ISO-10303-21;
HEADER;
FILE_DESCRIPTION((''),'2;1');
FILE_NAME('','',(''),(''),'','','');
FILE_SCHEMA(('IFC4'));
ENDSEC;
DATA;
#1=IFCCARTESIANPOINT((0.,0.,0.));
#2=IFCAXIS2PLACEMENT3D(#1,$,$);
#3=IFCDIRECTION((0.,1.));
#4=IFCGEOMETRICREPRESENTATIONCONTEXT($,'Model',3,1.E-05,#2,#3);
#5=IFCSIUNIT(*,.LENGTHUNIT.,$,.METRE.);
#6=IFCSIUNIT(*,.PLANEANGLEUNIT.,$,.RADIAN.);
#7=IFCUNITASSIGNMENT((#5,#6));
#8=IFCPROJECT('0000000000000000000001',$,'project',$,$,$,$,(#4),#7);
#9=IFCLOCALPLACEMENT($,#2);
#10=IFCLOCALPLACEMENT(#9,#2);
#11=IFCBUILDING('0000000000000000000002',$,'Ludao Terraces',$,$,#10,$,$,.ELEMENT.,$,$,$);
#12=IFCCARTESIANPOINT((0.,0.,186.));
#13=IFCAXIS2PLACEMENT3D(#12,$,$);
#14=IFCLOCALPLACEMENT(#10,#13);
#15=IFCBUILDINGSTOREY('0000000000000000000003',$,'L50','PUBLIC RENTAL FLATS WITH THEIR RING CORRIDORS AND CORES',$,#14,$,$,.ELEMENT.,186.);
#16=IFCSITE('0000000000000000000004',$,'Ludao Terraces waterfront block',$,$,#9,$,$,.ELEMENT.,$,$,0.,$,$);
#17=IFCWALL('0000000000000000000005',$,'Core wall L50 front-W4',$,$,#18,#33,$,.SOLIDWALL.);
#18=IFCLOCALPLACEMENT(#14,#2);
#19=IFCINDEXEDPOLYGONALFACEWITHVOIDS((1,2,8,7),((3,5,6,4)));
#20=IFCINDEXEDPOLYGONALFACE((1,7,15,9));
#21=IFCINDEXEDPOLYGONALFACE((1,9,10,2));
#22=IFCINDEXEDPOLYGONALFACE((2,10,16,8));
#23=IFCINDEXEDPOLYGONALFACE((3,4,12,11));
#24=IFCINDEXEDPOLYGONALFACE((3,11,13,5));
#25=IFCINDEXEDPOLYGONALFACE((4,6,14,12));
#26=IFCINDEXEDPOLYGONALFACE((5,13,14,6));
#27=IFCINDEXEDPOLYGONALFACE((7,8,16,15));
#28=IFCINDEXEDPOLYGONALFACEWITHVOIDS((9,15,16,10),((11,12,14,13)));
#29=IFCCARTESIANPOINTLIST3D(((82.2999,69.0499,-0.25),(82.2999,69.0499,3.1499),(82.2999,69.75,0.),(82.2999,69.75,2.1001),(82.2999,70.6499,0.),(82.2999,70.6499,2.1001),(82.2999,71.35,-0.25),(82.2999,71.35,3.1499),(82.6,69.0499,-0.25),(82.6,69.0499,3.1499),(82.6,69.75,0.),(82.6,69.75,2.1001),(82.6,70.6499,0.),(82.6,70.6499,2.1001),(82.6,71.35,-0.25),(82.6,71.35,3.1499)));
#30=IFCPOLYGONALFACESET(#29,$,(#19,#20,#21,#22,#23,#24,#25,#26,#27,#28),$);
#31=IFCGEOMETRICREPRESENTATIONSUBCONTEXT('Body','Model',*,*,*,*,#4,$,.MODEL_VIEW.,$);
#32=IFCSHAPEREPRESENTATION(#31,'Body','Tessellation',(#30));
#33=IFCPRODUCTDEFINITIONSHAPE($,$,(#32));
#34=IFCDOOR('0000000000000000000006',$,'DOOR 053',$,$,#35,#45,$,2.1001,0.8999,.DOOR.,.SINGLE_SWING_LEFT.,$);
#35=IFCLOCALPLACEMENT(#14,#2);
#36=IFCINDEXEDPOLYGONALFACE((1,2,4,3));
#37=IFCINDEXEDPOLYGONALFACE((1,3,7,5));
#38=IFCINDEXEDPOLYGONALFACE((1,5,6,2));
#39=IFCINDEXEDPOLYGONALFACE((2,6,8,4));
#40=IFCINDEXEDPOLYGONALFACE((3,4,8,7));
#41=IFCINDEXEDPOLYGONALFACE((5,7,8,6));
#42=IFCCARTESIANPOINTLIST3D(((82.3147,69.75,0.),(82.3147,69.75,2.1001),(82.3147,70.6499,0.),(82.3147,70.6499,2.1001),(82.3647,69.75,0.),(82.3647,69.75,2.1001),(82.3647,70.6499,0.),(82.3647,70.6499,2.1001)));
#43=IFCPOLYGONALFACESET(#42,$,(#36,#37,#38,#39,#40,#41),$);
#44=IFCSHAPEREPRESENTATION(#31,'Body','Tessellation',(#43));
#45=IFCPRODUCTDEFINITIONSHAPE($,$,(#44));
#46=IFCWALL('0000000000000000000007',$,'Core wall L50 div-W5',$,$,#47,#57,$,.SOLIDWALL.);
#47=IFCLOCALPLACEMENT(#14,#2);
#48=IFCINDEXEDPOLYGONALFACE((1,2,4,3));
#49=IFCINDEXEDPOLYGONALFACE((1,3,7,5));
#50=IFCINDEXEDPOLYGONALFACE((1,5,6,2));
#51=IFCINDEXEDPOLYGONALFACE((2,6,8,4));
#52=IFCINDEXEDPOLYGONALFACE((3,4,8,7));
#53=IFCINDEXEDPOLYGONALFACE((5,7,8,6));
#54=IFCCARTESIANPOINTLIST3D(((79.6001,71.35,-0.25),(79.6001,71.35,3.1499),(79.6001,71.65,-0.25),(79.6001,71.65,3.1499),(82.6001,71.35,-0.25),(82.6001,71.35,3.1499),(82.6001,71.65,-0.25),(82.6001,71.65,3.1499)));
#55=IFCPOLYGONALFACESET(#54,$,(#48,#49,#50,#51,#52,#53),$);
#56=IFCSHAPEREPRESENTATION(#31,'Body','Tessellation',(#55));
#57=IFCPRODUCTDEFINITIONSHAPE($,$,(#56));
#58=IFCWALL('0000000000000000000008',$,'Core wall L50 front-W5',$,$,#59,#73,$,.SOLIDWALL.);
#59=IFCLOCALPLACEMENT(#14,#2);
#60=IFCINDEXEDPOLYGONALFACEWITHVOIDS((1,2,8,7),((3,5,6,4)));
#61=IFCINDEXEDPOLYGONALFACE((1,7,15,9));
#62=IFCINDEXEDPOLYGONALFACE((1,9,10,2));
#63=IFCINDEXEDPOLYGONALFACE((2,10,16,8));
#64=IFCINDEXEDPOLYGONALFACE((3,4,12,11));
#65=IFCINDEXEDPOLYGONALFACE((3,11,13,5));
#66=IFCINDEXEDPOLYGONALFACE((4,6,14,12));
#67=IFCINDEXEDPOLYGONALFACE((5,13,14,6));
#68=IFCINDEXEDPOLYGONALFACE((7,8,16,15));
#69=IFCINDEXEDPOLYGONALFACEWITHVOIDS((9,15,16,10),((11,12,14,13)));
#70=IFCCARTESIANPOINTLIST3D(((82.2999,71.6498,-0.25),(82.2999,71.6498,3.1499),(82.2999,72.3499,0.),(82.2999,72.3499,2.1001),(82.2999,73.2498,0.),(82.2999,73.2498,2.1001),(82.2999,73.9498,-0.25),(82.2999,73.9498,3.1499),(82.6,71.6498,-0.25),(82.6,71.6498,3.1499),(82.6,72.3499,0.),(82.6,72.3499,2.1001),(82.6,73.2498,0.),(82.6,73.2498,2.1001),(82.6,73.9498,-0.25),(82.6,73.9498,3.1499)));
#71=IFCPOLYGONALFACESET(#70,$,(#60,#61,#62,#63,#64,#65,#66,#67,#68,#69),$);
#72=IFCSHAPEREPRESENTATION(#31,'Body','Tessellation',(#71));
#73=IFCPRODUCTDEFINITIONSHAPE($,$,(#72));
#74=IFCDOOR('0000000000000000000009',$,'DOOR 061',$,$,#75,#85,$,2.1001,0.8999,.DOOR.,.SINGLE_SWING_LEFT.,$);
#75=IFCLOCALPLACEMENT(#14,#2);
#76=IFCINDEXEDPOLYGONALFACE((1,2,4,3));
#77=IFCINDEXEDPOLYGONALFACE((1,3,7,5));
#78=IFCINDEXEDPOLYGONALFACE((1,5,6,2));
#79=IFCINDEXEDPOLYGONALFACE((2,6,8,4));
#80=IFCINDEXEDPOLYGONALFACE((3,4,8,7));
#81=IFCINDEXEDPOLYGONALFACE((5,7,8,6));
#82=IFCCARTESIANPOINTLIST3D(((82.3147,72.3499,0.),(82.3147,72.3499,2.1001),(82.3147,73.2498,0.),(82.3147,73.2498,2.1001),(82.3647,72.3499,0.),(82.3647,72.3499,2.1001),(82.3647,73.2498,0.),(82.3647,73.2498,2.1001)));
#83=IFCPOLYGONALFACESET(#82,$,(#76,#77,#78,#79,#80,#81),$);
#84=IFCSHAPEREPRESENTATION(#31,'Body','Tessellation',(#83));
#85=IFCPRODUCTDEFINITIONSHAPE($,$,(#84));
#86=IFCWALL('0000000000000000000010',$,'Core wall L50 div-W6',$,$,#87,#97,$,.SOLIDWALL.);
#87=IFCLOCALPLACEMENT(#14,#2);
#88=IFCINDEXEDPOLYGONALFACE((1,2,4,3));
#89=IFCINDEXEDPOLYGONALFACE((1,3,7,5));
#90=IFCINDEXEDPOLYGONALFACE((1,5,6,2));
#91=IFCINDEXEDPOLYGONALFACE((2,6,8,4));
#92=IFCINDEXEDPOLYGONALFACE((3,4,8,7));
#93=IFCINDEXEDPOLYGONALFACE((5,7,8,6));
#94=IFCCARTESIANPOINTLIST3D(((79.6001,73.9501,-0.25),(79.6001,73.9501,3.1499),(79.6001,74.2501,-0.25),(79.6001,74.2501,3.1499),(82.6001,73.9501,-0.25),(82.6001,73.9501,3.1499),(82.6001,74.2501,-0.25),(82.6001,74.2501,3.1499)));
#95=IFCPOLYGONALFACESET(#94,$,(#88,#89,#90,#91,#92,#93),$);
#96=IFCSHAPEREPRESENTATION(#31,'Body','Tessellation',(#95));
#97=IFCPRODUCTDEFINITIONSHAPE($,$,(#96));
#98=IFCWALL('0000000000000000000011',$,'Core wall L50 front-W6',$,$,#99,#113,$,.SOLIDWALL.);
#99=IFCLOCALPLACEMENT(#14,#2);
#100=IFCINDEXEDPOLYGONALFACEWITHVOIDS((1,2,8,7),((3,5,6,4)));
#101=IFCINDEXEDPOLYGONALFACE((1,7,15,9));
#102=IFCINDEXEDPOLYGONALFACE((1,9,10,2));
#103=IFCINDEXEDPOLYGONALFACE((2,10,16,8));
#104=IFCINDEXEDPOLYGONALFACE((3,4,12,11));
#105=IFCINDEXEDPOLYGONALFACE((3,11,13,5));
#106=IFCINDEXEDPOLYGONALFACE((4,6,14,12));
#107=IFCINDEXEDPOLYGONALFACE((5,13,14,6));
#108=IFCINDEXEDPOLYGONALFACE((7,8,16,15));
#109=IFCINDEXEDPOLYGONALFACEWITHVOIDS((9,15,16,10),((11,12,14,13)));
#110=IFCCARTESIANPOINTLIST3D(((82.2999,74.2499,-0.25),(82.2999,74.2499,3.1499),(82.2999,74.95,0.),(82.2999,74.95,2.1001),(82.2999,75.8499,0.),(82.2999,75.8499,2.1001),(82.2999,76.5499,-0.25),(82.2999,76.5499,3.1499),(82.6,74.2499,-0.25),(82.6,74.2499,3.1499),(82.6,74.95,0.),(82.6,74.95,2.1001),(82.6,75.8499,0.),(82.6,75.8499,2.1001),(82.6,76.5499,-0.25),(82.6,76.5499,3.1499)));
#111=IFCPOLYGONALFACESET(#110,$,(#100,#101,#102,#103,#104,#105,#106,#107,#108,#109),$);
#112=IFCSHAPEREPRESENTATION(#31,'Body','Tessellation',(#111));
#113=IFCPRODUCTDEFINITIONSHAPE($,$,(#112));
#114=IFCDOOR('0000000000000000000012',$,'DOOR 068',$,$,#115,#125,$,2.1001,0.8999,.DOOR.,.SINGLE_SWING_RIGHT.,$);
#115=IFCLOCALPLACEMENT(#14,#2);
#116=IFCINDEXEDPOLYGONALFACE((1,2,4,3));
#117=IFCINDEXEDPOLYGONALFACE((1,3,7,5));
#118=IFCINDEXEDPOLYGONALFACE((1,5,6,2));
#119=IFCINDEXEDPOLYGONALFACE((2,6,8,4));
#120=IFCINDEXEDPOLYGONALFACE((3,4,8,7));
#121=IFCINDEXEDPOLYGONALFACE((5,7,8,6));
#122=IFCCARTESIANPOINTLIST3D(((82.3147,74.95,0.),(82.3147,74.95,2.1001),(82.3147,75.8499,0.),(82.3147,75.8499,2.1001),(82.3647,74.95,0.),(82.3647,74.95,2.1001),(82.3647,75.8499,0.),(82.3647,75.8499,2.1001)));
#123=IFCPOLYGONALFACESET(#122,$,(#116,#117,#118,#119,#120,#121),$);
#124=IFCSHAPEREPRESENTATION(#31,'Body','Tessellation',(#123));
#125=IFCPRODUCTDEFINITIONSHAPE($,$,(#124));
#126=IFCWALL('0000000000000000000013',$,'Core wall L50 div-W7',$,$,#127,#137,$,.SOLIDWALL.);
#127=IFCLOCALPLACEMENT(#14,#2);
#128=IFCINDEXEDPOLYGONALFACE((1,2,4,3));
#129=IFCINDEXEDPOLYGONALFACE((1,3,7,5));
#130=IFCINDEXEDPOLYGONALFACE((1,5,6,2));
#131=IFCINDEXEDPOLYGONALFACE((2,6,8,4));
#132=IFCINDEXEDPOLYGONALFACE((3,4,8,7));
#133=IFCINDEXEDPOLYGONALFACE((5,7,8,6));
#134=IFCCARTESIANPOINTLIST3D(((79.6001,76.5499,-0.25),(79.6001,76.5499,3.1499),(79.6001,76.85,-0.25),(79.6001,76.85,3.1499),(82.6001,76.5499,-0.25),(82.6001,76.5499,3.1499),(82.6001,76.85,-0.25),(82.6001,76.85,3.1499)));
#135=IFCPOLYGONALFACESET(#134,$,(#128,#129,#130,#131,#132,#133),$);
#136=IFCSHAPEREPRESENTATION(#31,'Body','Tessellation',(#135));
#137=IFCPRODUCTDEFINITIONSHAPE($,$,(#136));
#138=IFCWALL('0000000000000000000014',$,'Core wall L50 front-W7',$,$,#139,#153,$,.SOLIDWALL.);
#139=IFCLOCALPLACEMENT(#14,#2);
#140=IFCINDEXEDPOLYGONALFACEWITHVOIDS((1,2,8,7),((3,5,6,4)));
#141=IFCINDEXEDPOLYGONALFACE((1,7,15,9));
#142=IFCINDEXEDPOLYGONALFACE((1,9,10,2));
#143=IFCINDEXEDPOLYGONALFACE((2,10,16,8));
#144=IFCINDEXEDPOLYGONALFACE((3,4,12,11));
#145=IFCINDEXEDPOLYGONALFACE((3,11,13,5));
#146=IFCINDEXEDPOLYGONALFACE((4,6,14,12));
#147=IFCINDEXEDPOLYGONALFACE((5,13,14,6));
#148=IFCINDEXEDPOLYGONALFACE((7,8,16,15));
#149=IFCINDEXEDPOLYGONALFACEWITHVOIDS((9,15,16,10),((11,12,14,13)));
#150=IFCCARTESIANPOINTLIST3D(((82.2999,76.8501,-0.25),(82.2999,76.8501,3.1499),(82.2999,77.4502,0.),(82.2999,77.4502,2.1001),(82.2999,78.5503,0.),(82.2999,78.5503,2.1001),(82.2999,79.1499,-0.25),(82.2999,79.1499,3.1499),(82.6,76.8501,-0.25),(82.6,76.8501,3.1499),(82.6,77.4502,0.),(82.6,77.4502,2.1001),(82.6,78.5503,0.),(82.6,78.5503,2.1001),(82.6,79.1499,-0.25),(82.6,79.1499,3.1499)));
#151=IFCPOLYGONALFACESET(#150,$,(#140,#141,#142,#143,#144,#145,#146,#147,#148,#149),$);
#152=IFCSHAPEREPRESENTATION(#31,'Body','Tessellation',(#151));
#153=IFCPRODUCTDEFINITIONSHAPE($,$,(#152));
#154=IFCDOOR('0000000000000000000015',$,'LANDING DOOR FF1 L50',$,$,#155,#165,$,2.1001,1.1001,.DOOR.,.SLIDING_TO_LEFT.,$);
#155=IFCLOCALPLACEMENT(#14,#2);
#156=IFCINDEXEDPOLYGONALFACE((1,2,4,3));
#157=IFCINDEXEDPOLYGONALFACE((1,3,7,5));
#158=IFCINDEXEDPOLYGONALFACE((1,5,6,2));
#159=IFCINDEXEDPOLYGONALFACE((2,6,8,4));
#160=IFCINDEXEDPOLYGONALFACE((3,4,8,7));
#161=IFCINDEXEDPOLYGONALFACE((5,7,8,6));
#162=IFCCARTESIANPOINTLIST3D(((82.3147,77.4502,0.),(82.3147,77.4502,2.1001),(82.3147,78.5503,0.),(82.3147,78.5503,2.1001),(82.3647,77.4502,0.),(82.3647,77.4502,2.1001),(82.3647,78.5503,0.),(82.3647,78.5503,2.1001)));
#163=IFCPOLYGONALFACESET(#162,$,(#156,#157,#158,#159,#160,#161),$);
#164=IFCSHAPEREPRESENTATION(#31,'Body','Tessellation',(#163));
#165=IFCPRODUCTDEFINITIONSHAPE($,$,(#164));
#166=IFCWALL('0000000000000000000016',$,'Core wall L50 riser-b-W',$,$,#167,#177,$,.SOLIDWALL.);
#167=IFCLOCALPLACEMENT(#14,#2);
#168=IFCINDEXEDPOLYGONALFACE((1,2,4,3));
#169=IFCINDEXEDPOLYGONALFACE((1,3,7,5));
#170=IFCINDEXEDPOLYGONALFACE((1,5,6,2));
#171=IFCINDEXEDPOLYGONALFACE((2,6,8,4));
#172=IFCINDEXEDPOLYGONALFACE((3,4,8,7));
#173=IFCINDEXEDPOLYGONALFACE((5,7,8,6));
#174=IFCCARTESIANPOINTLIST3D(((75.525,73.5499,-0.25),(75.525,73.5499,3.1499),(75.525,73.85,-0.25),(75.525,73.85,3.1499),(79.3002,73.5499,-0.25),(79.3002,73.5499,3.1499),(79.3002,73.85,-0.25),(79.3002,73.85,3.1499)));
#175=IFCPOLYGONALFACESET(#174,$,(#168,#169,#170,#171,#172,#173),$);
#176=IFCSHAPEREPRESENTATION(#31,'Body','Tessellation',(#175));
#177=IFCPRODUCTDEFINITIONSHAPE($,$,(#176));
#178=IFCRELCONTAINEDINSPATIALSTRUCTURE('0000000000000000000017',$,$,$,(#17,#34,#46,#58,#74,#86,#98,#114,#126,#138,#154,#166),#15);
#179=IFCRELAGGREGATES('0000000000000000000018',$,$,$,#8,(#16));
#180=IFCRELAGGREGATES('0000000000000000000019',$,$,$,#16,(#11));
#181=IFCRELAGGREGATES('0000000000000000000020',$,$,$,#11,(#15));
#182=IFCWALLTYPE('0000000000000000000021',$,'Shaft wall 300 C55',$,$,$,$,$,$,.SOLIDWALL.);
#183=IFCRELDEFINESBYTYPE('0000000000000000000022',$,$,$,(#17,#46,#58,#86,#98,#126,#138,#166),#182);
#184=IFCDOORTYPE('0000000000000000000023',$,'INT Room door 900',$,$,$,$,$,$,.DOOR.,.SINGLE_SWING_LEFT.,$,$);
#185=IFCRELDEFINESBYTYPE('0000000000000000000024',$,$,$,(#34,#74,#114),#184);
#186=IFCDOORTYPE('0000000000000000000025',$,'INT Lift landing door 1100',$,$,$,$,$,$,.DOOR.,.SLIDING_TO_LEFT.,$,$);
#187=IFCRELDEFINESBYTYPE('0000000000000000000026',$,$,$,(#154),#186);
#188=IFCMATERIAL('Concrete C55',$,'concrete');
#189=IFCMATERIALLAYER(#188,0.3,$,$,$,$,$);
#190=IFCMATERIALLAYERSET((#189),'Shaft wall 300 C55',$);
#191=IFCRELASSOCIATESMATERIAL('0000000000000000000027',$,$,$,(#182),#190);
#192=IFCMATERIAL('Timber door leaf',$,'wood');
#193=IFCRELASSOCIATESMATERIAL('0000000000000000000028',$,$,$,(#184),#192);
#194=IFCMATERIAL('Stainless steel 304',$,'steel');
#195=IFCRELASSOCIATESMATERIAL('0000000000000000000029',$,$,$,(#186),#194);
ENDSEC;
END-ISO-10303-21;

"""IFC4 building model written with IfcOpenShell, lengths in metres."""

from ifc_helpers import new_model, si_unit, direction, frame, frame_2d, origin, place, context, subcontext, project, spatial, rectangle, extrude, material, layer, layer_set, type_object, element, fill, save


model = new_model("IFC4")

# Units and contexts
model_context = context("Model", 3, precision=1e-05, world=origin(), true_north=direction((0.0, 1.0)))
body_context = subcontext(model_context, "Body", "Model", "MODEL_VIEW")
ifc_project = project(units=[si_unit("LENGTHUNIT", "METRE"), si_unit("PLANEANGLEUNIT", "RADIAN")], contexts=[model_context])

# Site, building, storey
site_placement = place(None, origin())
site = spatial("IfcSite", under=ifc_project, at=site_placement, Name="Ludao Terraces waterfront block", CompositionType="ELEMENT", RefElevation=0.0)
building_placement = place(site_placement, origin())
building = spatial("IfcBuilding", under=site, at=building_placement, Name="Ludao Terraces", CompositionType="ELEMENT")
storey_placement = place(building_placement, frame((0.0, 0.0, 186.0)))
storey = spatial("IfcBuildingStorey", under=building, at=storey_placement, Name="L50", Description="PUBLIC RENTAL FLATS WITH THEIR RING CORRIDORS AND CORES", CompositionType="ELEMENT", Elevation=186.0)

# Shared definitions
ifc_material_1 = material(Name="Concrete C55", Category="concrete")
ifc_layer_1 = layer(ifc_material_1, 0.3)
ifc_layer_set_1 = layer_set([ifc_layer_1], Name="Shaft wall 300 C55")
wall_type_1 = type_object("IfcWallType", Name="Shaft wall 300 C55", PredefinedType="SOLIDWALL", material=ifc_layer_set_1)

# Shared definitions
ifc_material_2 = material(Name="Timber door leaf", Category="wood")
door_type_1 = type_object("IfcDoorType", Name="INT Room door 900", OperationType="SINGLE_SWING_LEFT", PredefinedType="DOOR", material=ifc_material_2)

# Wall, opening, door
wall_1_placement = place(storey_placement, frame((82.45, 69.05, -0.25), z_axis=(0.0, 0.0, 1.0), x_axis=(0.0, 1.0, 0.0)))
wall_1 = element("IfcWall", 1, at=wall_1_placement, inside=storey, type_object=wall_type_1, Name="Core wall L50 front-W4", PredefinedType="SOLIDWALL", context=body_context, shape_type="SweptSolid", body=[
    extrude(rectangle(XDim=2.3, YDim=0.3, at=frame_2d((1.1499, 0.0))), origin(), (0.0, 0.0, 1.0), 3.3999),
])
opening_1_placement = place(wall_1_placement, frame((0.7, 0.0, 0.25)))
opening_1 = element("IfcOpeningElement", 2, at=opening_1_placement, cuts=wall_1, PredefinedType="OPENING", context=body_context, shape_type="SweptSolid", body=[
    extrude(rectangle(XDim=0.8999, YDim=2.1001, at=frame_2d((0.45, 1.05))), frame((0.0, 0.1602, 0.0), z_axis=(0.0, -1.0, 0.0), x_axis=(1.0, 0.0, 0.0)), (0.0, 0.0, 1.0), 0.3201),
])
door_1_placement = place(opening_1_placement, origin())
door_1 = element("IfcDoor", 3, at=door_1_placement, inside=storey, type_object=door_type_1, Name="DOOR 053", OperationType="SINGLE_SWING_LEFT", OverallHeight=2.1001, OverallWidth=0.8999, PredefinedType="DOOR", context=body_context, shape_type="SweptSolid", body=[
    extrude(rectangle(XDim=0.8999, YDim=2.1001, at=frame_2d((0.45, 1.05))), frame((0.0, 0.1353, 0.0), z_axis=(0.0, -1.0, 0.0), x_axis=(1.0, 0.0, 0.0)), (0.0, 0.0, 1.0), 0.05),
])
fill(opening_1, door_1)

# Wall
wall_2_placement = place(storey_placement, frame((79.6001, 71.5, -0.25), z_axis=(0.0, 0.0, 1.0), x_axis=(1.0, 0.0, 0.0)))
element("IfcWall", 4, at=wall_2_placement, inside=storey, type_object=wall_type_1, Name="Core wall L50 div-W5", PredefinedType="SOLIDWALL", context=body_context, shape_type="SweptSolid", body=[
    extrude(rectangle(XDim=3.0, YDim=0.3, at=frame_2d((1.5, 0.0))), origin(), (0.0, 0.0, 1.0), 3.3999),
])

# Wall, opening, door
wall_3_placement = place(storey_placement, frame((82.45, 71.6499, -0.25), z_axis=(0.0, 0.0, 1.0), x_axis=(0.0, 1.0, 0.0)))
wall_3 = element("IfcWall", 5, at=wall_3_placement, inside=storey, type_object=wall_type_1, Name="Core wall L50 front-W5", PredefinedType="SOLIDWALL", context=body_context, shape_type="SweptSolid", body=[
    extrude(rectangle(XDim=2.3, YDim=0.3, at=frame_2d((1.1499, 0.0))), origin(), (0.0, 0.0, 1.0), 3.3999),
])
opening_2_placement = place(wall_3_placement, frame((0.7, 0.0, 0.25)))
opening_2 = element("IfcOpeningElement", 6, at=opening_2_placement, cuts=wall_3, PredefinedType="OPENING", context=body_context, shape_type="SweptSolid", body=[
    extrude(rectangle(XDim=0.8999, YDim=2.1001, at=frame_2d((0.45, 1.05))), frame((0.0, 0.1602, 0.0), z_axis=(0.0, -1.0, 0.0), x_axis=(1.0, 0.0, 0.0)), (0.0, 0.0, 1.0), 0.3201),
])
door_2_placement = place(opening_2_placement, origin())
door_2 = element("IfcDoor", 7, at=door_2_placement, inside=storey, type_object=door_type_1, Name="DOOR 061", OperationType="SINGLE_SWING_LEFT", OverallHeight=2.1001, OverallWidth=0.8999, PredefinedType="DOOR", context=body_context, shape_type="SweptSolid", body=[
    extrude(rectangle(XDim=0.8999, YDim=2.1001, at=frame_2d((0.45, 1.05))), frame((0.0, 0.1353, 0.0), z_axis=(0.0, -1.0, 0.0), x_axis=(1.0, 0.0, 0.0)), (0.0, 0.0, 1.0), 0.05),
])
fill(opening_2, door_2)

# Wall
wall_4_placement = place(storey_placement, frame((79.6001, 74.1001, -0.25), z_axis=(0.0, 0.0, 1.0), x_axis=(1.0, 0.0, 0.0)))
element("IfcWall", 8, at=wall_4_placement, inside=storey, type_object=wall_type_1, Name="Core wall L50 div-W6", PredefinedType="SOLIDWALL", context=body_context, shape_type="SweptSolid", body=[
    extrude(rectangle(XDim=3.0, YDim=0.3, at=frame_2d((1.5, 0.0))), origin(), (0.0, 0.0, 1.0), 3.3999),
])

# Wall, opening, door
wall_5_placement = place(storey_placement, frame((82.45, 74.25, -0.25), z_axis=(0.0, 0.0, 1.0), x_axis=(0.0, 1.0, 0.0)))
wall_5 = element("IfcWall", 9, at=wall_5_placement, inside=storey, type_object=wall_type_1, Name="Core wall L50 front-W6", PredefinedType="SOLIDWALL", context=body_context, shape_type="SweptSolid", body=[
    extrude(rectangle(XDim=2.3, YDim=0.3, at=frame_2d((1.1499, 0.0))), origin(), (0.0, 0.0, 1.0), 3.3999),
])
opening_3_placement = place(wall_5_placement, frame((0.7, 0.0, 0.25)))
opening_3 = element("IfcOpeningElement", 10, at=opening_3_placement, cuts=wall_5, PredefinedType="OPENING", context=body_context, shape_type="SweptSolid", body=[
    extrude(rectangle(XDim=0.8999, YDim=2.1001, at=frame_2d((0.45, 1.05))), frame((0.0, 0.1602, 0.0), z_axis=(0.0, -1.0, 0.0), x_axis=(1.0, 0.0, 0.0)), (0.0, 0.0, 1.0), 0.3201),
])
door_3_placement = place(opening_3_placement, origin())
door_3 = element("IfcDoor", 11, at=door_3_placement, inside=storey, type_object=door_type_1, Name="DOOR 068", OperationType="SINGLE_SWING_RIGHT", OverallHeight=2.1001, OverallWidth=0.8999, PredefinedType="DOOR", context=body_context, shape_type="SweptSolid", body=[
    extrude(rectangle(XDim=0.8999, YDim=2.1001, at=frame_2d((0.45, 1.05))), frame((0.0, 0.1353, 0.0), z_axis=(0.0, -1.0, 0.0), x_axis=(1.0, 0.0, 0.0)), (0.0, 0.0, 1.0), 0.05),
])
fill(opening_3, door_3)

# Wall
wall_6_placement = place(storey_placement, frame((79.6001, 76.7, -0.25), z_axis=(0.0, 0.0, 1.0), x_axis=(1.0, 0.0, 0.0)))
element("IfcWall", 12, at=wall_6_placement, inside=storey, type_object=wall_type_1, Name="Core wall L50 div-W7", PredefinedType="SOLIDWALL", context=body_context, shape_type="SweptSolid", body=[
    extrude(rectangle(XDim=3.0, YDim=0.3, at=frame_2d((1.5, 0.0))), origin(), (0.0, 0.0, 1.0), 3.3999),
])

# Wall, opening, door
wall_7_placement = place(storey_placement, frame((82.45, 76.8501, -0.25), z_axis=(0.0, 0.0, 1.0), x_axis=(0.0, 1.0, 0.0)))
wall_7 = element("IfcWall", 13, at=wall_7_placement, inside=storey, type_object=wall_type_1, Name="Core wall L50 front-W7", PredefinedType="SOLIDWALL", context=body_context, shape_type="SweptSolid", body=[
    extrude(rectangle(XDim=2.2998, YDim=0.3, at=frame_2d((1.1499, 0.0))), origin(), (0.0, 0.0, 1.0), 3.3999),
])
opening_4_placement = place(wall_7_placement, frame((0.6001, 0.0, 0.25)))
opening_4 = element("IfcOpeningElement", 14, at=opening_4_placement, cuts=wall_7, PredefinedType="OPENING", context=body_context, shape_type="SweptSolid", body=[
    extrude(rectangle(XDim=1.1001, YDim=2.1001, at=frame_2d((0.55, 1.05))), frame((0.0, 0.1602, 0.0), z_axis=(0.0, -1.0, 0.0), x_axis=(1.0, 0.0, 0.0)), (0.0, 0.0, 1.0), 0.3201),
])
ifc_material_3 = material(Name="Stainless steel 304", Category="steel")
door_type_2 = type_object("IfcDoorType", Name="INT Lift landing door 1100", OperationType="SLIDING_TO_LEFT", PredefinedType="DOOR", material=ifc_material_3)
door_4_placement = place(opening_4_placement, origin())
door_4 = element("IfcDoor", 15, at=door_4_placement, inside=storey, type_object=door_type_2, Name="LANDING DOOR FF1 L50", OperationType="SLIDING_TO_LEFT", OverallHeight=2.1001, OverallWidth=1.1001, PredefinedType="DOOR", context=body_context, shape_type="SweptSolid", body=[
    extrude(rectangle(XDim=1.1001, YDim=2.1001, at=frame_2d((0.55, 1.05))), frame((0.0, 0.1353, 0.0), z_axis=(0.0, -1.0, 0.0), x_axis=(1.0, 0.0, 0.0)), (0.0, 0.0, 1.0), 0.05),
])
fill(opening_4, door_4)

# Wall
wall_8_placement = place(storey_placement, frame((75.5249, 73.7, -0.25), z_axis=(0.0, 0.0, 1.0), x_axis=(1.0, 0.0, 0.0)))
element("IfcWall", 16, at=wall_8_placement, inside=storey, type_object=wall_type_1, Name="Core wall L50 riser-b-W", PredefinedType="SOLIDWALL", context=body_context, shape_type="SweptSolid", body=[
    extrude(rectangle(XDim=3.7751, YDim=0.3, at=frame_2d((1.8877, 0.0))), origin(), (0.0, 0.0, 1.0), 3.3999),
])

save(model, "model.ifc")
